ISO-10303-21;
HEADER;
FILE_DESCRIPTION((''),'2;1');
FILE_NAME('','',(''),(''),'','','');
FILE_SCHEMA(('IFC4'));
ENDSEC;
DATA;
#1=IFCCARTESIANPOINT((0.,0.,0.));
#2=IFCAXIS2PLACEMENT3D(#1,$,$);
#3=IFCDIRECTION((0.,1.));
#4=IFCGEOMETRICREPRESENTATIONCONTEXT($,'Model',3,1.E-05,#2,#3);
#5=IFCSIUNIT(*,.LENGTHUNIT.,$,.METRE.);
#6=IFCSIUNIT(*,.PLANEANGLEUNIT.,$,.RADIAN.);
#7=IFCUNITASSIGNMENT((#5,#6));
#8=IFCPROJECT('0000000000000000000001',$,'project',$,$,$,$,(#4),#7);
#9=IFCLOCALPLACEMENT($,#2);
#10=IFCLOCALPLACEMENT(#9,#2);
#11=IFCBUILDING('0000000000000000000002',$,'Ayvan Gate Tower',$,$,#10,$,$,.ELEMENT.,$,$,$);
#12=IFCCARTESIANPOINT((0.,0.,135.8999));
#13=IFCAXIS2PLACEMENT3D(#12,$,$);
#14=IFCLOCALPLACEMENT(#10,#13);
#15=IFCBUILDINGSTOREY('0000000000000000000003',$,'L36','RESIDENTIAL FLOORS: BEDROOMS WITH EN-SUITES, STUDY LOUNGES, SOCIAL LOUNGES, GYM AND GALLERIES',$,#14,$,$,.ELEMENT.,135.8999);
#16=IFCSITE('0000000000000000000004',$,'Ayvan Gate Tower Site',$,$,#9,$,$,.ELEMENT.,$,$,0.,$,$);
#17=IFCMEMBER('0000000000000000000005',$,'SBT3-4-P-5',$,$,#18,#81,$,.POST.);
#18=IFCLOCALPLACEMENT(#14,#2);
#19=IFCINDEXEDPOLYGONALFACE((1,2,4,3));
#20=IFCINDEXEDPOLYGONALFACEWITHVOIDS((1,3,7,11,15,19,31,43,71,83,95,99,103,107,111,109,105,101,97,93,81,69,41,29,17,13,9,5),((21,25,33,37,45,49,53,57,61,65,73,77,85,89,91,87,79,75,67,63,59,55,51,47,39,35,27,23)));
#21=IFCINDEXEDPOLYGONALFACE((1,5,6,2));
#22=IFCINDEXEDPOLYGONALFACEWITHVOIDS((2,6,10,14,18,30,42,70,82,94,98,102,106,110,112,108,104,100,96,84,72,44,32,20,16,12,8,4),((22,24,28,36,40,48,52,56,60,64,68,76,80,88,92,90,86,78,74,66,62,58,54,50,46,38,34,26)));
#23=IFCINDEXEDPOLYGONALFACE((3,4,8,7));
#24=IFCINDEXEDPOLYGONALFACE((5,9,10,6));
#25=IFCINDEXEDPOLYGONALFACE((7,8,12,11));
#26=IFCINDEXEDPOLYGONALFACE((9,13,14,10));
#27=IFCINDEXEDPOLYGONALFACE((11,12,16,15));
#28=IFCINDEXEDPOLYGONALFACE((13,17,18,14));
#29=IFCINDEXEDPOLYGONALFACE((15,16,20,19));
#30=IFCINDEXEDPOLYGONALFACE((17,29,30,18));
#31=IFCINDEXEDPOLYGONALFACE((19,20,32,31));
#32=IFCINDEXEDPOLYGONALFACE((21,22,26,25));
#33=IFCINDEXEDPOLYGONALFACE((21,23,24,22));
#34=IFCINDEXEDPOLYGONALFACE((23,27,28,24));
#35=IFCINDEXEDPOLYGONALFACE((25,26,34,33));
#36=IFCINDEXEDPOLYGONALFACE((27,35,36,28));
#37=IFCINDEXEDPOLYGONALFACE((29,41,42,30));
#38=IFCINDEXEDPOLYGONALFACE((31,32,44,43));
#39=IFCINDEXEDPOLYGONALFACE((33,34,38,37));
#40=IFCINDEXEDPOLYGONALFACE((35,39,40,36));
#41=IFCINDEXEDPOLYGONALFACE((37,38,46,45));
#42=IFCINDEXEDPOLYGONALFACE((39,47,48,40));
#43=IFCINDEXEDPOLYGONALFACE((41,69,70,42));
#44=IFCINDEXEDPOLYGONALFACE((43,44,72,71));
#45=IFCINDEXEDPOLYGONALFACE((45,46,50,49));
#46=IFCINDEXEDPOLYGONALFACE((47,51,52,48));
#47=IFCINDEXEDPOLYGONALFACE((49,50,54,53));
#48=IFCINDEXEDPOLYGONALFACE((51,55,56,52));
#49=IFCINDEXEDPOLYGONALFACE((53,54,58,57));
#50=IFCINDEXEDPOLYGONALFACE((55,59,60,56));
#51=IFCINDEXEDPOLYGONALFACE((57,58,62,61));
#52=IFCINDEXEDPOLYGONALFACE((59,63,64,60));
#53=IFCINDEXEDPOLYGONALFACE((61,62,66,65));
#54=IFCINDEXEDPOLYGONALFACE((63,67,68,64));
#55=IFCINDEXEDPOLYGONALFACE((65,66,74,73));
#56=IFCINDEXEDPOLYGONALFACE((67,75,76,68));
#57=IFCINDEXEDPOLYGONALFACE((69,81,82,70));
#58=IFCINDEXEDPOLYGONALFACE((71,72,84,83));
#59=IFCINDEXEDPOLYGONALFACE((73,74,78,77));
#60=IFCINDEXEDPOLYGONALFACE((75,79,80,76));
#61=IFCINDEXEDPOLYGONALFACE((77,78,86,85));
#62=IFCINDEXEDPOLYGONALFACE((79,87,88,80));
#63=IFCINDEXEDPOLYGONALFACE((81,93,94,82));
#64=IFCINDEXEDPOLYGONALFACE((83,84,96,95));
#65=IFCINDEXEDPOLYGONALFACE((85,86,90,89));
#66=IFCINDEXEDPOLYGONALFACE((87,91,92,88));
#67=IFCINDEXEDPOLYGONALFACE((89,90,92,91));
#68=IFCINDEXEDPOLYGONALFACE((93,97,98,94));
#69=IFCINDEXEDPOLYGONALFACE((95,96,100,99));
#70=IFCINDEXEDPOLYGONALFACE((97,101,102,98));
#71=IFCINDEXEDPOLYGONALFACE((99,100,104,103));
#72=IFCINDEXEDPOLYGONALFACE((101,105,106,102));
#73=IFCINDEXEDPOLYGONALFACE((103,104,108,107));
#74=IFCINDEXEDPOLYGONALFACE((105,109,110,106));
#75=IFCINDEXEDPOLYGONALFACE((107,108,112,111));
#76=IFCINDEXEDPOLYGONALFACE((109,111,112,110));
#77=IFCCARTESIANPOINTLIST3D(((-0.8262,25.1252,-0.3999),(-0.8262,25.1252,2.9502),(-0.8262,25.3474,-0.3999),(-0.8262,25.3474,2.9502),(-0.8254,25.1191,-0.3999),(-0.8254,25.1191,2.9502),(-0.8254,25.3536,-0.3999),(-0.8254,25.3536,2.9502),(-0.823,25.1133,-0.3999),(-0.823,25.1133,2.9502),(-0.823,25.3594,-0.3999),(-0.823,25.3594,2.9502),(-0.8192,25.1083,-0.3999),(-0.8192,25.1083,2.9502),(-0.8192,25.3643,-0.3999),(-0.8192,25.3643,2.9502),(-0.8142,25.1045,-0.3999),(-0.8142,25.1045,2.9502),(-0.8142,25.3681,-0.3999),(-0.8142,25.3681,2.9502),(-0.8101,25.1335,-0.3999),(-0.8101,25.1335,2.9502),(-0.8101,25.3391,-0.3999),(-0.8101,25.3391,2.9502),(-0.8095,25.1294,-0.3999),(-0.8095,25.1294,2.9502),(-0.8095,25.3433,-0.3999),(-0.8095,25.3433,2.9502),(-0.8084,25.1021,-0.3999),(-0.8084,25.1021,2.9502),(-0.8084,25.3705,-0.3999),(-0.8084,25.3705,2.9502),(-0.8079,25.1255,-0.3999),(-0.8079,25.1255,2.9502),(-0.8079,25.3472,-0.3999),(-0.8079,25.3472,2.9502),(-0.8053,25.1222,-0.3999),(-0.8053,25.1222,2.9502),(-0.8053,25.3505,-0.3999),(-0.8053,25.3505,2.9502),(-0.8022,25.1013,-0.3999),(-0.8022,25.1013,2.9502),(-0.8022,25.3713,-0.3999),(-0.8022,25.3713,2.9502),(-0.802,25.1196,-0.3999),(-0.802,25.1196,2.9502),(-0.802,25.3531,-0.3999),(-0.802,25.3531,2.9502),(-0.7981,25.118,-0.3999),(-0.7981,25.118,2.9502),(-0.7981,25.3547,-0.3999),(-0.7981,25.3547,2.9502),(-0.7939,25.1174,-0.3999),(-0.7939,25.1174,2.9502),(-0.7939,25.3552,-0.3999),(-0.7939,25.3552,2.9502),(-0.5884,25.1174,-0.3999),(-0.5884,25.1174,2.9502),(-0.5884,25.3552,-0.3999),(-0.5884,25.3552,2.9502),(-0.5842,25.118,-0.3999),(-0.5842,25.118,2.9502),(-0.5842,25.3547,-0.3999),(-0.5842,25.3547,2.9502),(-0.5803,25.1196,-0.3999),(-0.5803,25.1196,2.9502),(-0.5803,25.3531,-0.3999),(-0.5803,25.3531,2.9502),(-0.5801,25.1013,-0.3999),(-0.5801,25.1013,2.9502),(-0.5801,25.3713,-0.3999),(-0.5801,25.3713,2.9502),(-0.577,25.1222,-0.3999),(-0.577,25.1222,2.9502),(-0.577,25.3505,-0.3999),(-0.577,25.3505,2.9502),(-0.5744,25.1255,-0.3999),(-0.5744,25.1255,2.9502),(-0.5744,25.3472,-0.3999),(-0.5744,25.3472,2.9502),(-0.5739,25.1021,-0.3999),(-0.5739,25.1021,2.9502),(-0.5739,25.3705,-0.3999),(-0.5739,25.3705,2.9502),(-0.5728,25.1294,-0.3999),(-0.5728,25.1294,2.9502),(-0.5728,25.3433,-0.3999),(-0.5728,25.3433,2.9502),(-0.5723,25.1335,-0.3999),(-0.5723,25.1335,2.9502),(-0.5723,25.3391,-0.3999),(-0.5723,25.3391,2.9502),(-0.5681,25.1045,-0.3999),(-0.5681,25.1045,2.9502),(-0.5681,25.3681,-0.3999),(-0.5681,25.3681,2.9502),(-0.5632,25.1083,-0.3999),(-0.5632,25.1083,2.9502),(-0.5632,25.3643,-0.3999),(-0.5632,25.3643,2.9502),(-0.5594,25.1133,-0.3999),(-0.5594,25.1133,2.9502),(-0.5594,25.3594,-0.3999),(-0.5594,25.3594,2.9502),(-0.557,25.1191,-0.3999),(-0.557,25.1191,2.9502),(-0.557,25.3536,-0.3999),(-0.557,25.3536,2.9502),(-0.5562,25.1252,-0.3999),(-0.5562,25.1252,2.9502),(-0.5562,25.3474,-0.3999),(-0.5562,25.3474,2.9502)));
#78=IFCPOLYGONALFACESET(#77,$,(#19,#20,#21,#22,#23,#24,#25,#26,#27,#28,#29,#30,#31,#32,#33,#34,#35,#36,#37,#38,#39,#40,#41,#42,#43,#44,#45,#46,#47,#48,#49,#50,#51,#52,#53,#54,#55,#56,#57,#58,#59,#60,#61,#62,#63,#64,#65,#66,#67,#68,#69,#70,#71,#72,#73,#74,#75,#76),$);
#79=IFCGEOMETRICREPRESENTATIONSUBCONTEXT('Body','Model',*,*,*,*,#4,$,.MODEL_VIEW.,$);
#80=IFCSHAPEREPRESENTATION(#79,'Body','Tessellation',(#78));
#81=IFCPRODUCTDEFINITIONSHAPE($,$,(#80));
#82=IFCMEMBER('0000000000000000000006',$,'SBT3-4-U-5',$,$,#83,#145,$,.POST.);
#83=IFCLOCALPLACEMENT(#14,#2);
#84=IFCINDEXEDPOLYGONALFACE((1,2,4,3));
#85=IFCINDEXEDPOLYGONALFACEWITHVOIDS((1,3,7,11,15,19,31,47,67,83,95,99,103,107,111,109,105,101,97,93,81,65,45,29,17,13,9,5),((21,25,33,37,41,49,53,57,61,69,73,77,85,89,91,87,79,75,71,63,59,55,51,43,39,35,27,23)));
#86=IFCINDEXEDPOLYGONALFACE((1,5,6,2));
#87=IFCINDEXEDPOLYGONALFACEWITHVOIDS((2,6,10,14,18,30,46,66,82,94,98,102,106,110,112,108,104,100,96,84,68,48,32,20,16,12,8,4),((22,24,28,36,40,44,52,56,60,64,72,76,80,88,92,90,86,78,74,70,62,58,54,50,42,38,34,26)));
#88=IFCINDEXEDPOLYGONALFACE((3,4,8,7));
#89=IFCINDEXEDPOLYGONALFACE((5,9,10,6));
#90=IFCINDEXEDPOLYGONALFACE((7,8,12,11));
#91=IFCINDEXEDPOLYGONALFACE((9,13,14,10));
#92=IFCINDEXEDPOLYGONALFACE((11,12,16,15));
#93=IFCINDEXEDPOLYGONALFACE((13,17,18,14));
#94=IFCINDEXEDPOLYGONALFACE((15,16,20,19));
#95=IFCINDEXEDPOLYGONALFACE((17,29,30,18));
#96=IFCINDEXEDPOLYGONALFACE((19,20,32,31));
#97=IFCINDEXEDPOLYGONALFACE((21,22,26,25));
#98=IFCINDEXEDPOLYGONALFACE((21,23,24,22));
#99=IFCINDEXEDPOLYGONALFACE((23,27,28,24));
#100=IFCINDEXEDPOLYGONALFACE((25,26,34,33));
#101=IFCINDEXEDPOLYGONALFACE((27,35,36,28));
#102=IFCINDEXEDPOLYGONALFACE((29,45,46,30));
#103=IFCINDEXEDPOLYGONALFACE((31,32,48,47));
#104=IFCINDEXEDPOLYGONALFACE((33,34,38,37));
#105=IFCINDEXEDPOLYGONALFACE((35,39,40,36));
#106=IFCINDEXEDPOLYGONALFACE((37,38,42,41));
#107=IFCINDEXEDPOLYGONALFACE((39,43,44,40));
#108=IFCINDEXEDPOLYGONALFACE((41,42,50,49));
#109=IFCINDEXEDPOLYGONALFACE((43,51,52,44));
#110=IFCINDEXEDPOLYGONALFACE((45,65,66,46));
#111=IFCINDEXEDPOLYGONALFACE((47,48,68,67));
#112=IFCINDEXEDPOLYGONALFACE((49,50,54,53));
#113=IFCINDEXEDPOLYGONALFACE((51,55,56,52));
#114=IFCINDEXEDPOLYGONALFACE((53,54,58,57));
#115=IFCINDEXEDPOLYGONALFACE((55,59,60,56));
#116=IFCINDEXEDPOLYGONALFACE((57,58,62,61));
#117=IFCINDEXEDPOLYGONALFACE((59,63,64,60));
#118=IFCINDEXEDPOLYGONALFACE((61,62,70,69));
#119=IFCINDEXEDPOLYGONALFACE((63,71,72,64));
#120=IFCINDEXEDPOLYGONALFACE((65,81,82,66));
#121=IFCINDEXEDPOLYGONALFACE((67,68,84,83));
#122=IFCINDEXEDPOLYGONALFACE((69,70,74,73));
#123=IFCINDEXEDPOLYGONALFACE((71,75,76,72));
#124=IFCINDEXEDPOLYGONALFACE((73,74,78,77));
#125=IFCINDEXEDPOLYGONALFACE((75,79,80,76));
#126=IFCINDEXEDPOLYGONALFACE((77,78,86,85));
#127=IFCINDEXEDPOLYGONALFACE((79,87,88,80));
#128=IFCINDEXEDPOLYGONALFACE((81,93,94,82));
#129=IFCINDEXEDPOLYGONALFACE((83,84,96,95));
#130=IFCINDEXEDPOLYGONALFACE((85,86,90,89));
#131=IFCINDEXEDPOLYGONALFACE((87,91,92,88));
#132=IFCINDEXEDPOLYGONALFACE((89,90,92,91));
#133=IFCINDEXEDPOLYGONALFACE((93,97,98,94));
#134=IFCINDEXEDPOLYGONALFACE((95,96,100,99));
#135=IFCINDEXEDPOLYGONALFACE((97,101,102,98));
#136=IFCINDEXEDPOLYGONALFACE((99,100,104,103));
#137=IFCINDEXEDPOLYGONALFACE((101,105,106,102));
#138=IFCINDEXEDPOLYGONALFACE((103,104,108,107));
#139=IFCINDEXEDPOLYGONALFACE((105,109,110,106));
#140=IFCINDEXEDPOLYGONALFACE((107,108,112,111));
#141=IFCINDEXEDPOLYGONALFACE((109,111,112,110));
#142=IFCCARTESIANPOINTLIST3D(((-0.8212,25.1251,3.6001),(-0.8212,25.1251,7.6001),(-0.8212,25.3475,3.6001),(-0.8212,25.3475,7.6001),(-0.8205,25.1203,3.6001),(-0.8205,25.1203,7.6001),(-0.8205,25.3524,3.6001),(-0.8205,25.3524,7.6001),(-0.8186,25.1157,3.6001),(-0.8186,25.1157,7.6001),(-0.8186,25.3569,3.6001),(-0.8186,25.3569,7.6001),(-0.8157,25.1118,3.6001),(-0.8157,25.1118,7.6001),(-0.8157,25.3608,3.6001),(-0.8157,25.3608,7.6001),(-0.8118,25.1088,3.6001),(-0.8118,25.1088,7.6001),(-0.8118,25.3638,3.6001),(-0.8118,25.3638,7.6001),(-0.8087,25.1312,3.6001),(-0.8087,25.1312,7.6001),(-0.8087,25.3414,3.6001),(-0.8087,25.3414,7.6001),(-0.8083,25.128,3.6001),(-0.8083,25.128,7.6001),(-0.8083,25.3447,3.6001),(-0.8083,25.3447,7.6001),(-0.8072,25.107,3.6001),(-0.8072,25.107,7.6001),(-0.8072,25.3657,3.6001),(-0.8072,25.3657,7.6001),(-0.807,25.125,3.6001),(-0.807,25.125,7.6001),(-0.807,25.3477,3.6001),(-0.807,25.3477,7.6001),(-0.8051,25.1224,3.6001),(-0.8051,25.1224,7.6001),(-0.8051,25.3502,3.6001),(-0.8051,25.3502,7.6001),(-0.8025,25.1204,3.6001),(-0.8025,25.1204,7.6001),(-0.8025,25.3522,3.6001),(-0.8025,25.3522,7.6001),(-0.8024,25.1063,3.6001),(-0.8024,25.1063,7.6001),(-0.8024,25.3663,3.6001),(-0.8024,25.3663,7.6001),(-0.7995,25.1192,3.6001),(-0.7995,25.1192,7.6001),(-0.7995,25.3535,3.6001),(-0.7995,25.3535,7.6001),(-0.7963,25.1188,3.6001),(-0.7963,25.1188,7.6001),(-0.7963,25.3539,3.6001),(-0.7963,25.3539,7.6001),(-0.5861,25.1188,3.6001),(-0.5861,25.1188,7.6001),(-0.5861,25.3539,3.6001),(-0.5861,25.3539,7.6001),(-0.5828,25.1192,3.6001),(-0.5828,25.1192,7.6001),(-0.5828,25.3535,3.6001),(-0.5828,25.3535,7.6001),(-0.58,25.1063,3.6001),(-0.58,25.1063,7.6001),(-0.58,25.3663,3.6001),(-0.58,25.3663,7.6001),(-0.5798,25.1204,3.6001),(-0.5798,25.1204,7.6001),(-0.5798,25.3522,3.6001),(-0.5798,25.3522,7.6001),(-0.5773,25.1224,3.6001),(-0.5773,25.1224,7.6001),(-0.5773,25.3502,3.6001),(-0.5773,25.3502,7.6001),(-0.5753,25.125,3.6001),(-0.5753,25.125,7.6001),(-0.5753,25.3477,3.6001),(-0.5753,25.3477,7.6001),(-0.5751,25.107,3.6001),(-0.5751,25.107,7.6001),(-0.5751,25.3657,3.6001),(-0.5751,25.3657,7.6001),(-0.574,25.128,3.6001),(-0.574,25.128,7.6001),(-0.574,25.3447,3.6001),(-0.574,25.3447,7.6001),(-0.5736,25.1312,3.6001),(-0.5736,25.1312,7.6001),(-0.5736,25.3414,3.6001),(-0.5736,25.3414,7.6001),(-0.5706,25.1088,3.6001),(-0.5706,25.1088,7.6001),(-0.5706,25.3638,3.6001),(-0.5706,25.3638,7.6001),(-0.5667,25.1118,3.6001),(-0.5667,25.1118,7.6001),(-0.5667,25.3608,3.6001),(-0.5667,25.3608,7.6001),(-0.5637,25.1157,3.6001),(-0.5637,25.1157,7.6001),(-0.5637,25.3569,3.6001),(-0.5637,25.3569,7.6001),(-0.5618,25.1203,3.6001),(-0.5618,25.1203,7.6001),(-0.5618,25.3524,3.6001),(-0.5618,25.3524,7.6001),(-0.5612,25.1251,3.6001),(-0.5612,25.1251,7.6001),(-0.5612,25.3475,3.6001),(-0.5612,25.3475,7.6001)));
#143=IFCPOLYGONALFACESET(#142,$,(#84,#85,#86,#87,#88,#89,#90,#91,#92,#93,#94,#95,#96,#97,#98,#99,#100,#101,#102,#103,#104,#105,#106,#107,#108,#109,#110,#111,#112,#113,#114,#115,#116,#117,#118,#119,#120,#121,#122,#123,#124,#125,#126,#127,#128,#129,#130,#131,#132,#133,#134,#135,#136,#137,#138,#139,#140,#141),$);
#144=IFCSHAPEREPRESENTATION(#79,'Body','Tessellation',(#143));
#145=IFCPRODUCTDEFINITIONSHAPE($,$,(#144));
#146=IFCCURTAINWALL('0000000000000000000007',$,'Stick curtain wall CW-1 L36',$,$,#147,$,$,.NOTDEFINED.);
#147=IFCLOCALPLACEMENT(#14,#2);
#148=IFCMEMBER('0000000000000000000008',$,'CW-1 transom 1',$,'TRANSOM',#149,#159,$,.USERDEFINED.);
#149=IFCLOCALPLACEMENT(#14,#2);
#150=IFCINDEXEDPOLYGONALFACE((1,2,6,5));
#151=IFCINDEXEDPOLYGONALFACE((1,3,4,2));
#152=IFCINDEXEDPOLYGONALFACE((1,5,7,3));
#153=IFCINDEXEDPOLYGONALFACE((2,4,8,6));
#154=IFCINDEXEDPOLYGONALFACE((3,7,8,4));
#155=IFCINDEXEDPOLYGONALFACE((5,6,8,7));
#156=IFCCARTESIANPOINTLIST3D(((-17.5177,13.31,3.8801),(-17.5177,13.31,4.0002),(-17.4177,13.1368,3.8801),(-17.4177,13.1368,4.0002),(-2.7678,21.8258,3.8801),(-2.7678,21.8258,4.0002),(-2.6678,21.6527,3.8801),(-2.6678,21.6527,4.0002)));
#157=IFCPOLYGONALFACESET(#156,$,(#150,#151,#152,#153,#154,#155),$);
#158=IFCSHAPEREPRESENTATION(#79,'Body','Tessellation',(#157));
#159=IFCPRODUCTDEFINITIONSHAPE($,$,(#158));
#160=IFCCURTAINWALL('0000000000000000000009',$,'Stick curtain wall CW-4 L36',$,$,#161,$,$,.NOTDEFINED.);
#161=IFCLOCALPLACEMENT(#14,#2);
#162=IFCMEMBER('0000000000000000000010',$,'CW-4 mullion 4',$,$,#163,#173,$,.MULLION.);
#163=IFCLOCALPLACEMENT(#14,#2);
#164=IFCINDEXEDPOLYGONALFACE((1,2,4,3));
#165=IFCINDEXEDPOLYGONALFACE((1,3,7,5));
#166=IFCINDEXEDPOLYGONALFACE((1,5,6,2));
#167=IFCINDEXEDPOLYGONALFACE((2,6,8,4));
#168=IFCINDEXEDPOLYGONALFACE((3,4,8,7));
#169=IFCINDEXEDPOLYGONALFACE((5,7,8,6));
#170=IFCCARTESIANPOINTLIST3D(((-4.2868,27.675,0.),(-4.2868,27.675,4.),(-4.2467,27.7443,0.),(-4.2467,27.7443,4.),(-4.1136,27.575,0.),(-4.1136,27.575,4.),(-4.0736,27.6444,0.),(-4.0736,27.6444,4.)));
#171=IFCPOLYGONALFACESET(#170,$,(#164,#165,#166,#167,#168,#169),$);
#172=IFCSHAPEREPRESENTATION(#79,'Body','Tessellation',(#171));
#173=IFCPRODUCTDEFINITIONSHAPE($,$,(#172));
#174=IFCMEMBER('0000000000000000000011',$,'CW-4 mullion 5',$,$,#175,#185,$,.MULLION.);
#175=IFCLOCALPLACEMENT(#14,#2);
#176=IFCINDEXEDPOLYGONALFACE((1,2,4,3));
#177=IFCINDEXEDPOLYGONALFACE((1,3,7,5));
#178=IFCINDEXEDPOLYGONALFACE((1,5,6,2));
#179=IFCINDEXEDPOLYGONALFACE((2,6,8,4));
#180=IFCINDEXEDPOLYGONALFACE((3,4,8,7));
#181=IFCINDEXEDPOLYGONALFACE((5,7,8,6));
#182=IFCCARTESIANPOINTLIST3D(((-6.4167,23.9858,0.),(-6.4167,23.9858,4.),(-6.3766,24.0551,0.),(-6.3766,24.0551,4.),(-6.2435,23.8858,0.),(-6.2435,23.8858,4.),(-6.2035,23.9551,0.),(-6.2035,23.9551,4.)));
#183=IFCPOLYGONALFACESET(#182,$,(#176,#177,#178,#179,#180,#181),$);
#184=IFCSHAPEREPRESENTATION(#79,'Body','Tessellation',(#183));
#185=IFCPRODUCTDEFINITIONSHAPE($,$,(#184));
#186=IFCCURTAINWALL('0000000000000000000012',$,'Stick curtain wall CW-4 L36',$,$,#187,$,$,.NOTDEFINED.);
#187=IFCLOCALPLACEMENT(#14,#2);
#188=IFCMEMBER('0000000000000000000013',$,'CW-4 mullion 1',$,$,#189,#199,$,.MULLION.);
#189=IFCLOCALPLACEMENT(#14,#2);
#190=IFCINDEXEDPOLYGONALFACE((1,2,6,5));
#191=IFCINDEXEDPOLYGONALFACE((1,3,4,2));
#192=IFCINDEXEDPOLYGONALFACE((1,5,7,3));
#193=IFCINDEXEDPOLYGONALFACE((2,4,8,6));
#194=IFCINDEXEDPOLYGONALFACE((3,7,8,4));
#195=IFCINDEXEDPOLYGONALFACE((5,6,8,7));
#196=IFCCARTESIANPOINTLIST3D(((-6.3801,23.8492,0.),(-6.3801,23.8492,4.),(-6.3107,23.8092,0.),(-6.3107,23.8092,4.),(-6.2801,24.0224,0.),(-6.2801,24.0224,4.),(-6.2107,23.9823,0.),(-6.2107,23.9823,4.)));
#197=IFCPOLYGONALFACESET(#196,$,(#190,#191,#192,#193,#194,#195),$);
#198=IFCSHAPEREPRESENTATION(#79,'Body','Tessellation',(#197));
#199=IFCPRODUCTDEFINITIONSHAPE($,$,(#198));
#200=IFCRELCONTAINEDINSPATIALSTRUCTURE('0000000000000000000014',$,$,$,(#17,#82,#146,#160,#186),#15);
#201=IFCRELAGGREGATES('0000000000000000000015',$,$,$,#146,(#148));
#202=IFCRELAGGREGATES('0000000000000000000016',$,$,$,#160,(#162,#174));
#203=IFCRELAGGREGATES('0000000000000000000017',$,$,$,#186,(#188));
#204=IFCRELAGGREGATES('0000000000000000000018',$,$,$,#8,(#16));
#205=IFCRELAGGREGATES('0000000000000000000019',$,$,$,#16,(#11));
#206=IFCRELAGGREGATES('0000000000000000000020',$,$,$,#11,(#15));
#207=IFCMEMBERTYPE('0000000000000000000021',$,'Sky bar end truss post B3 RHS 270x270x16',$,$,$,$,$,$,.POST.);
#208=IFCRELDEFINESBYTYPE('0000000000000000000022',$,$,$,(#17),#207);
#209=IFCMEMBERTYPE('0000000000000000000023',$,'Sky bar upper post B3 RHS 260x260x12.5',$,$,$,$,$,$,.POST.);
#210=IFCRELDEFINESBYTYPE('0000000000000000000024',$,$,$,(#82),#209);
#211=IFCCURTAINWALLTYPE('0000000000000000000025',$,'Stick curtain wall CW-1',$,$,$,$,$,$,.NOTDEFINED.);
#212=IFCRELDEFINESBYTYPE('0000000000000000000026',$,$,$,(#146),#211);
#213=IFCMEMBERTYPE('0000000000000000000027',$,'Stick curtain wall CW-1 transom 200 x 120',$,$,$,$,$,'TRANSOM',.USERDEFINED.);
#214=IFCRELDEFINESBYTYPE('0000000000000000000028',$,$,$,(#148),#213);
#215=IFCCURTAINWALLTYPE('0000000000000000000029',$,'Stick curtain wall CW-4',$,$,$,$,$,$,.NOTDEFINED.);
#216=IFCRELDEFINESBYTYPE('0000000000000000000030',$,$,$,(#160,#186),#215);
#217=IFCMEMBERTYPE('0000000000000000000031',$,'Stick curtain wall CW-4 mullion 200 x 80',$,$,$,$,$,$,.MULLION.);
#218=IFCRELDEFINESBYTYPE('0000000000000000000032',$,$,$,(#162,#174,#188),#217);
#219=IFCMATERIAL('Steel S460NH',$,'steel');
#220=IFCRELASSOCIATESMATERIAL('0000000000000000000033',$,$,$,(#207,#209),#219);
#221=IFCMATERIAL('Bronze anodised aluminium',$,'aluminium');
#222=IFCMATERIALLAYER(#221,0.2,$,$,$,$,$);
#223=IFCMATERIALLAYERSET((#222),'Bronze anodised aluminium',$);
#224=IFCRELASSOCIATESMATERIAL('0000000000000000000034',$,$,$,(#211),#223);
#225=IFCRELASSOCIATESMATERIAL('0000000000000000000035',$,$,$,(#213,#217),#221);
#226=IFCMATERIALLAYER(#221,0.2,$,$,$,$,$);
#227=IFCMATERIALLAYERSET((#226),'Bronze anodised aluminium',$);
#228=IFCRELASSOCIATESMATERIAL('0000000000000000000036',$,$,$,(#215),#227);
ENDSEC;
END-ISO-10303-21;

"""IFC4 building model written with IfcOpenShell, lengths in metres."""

from ifc_helpers import new_model, si_unit, direction, frame, origin, origin_2d, place, context, subcontext, project, spatial, rectangle, hollow_rectangle, extrude, material, layer, layer_set, material_profile, profile_set, type_object, element, aggregate, save


model = new_model("IFC4")

# Units and contexts
model_context = context("Model", 3, precision=1e-05, world=origin(), true_north=direction((0.0, 1.0)))
body_context = subcontext(model_context, "Body", "Model", "MODEL_VIEW")
ifc_project = project(units=[si_unit("LENGTHUNIT", "METRE"), si_unit("PLANEANGLEUNIT", "RADIAN")], contexts=[model_context])

# Site, building, storey
site_placement = place(None, origin())
site = spatial("IfcSite", under=ifc_project, at=site_placement, Name="Ayvan Gate Tower Site", CompositionType="ELEMENT", RefElevation=0.0)
building_placement = place(site_placement, origin())
building = spatial("IfcBuilding", under=site, at=building_placement, Name="Ayvan Gate Tower", CompositionType="ELEMENT")
storey_placement = place(building_placement, frame((0.0, 0.0, 135.8999)))
storey = spatial("IfcBuildingStorey", under=building, at=storey_placement, Name="L36", Description="RESIDENTIAL FLOORS: BEDROOMS WITH EN-SUITES, STUDY LOUNGES, SOCIAL LOUNGES, GYM AND GALLERIES", CompositionType="ELEMENT", Elevation=135.8999)

# Members
ifc_material_1 = material(Name="Steel S460NH", Category="steel")
ifc_material_profile_1 = material_profile(ifc_material_1, hollow_rectangle(XDim=0.27, YDim=0.27, WallThickness=0.0161, InnerFilletRadius=0.0161, OuterFilletRadius=0.0239, at=origin_2d()), Name="RHS 270x270x16")
ifc_profile_set_1 = profile_set([ifc_material_profile_1], Name="Steel S460NH")
member_type_1 = type_object("IfcMemberType", Name="Sky bar end truss post B3 RHS 270x270x16", PredefinedType="POST", material=ifc_profile_set_1)
member_1_placement = place(storey_placement, frame((-0.6912, 25.2363, -0.3999), z_axis=(0.0, 0.0, 1.0), x_axis=(1.0, 0.0, 0.0)))
element("IfcMember", 1, at=member_1_placement, inside=storey, type_object=member_type_1, Name="SBT3-4-P-5", PredefinedType="POST", context=body_context, shape_type="SweptSolid", body=[
    extrude(hollow_rectangle(XDim=0.27, YDim=0.27, WallThickness=0.0161, InnerFilletRadius=0.0161, OuterFilletRadius=0.0239, at=origin_2d()), origin(), (0.0, 0.0, 1.0), 3.3501),
])
ifc_material_profile_2 = material_profile(ifc_material_1, hollow_rectangle(XDim=0.26, YDim=0.26, WallThickness=0.0125, InnerFilletRadius=0.0125, OuterFilletRadius=0.0188, at=origin_2d()), Name="RHS 260x260x12.5")
ifc_profile_set_2 = profile_set([ifc_material_profile_2], Name="Steel S460NH")
member_type_2 = type_object("IfcMemberType", Name="Sky bar upper post B3 RHS 260x260x12.5", PredefinedType="POST", material=ifc_profile_set_2)
member_2_placement = place(storey_placement, frame((-0.6912, 25.2363, 3.6001), z_axis=(0.0, 0.0, 1.0), x_axis=(1.0, 0.0, 0.0)))
element("IfcMember", 2, at=member_2_placement, inside=storey, type_object=member_type_2, Name="SBT3-4-U-5", PredefinedType="POST", context=body_context, shape_type="SweptSolid", body=[
    extrude(hollow_rectangle(XDim=0.26, YDim=0.26, WallThickness=0.0125, InnerFilletRadius=0.0125, OuterFilletRadius=0.0188, at=origin_2d()), origin(), (0.0, 0.0, 1.0), 4.0),
])

# Curtain wall, member
ifc_material_2 = material(Name="Bronze anodised aluminium", Category="aluminium")
ifc_layer_1 = layer(ifc_material_2, 0.2)
ifc_layer_set_1 = layer_set([ifc_layer_1], Name="Bronze anodised aluminium")
curtain_wall_type_1 = type_object("IfcCurtainWallType", Name="Stick curtain wall CW-1", PredefinedType="NOTDEFINED", material=ifc_layer_set_1)
curtain_wall_1_placement = place(storey_placement, origin())
curtain_wall_1 = element("IfcCurtainWall", 3, at=curtain_wall_1_placement, inside=storey, type_object=curtain_wall_type_1, Name="Stick curtain wall CW-1 L36", PredefinedType="NOTDEFINED")
ifc_material_profile_3 = material_profile(ifc_material_2, rectangle(XDim=0.2, YDim=0.1201, at=origin_2d()), Name="Stick curtain wall CW-1 transom 200 x 120")
ifc_profile_set_3 = profile_set([ifc_material_profile_3], Name="Bronze anodised aluminium")
member_type_3 = type_object("IfcMemberType", Name="Stick curtain wall CW-1 transom 200 x 120", ElementType="TRANSOM", PredefinedType="USERDEFINED", material=ifc_profile_set_3)
member_3_placement = place(storey_placement, frame((-2.7178, 21.7393, 3.9402), z_axis=(-0.866027, -0.499998, 0.0), x_axis=(0.499998, -0.866027, 0.0)))
member_3 = element("IfcMember", 4, at=member_3_placement, type_object=member_type_3, Name="CW-1 transom 1", ObjectType="TRANSOM", PredefinedType="USERDEFINED", context=body_context, shape_type="SweptSolid", body=[
    extrude(rectangle(XDim=0.2, YDim=0.1201, at=origin_2d()), origin(), (0.0, 0.0, 1.0), 17.0317),
])
aggregate(curtain_wall_1, [member_3])

# Curtain walls, members
ifc_layer_2 = layer(ifc_material_2, 0.2)
ifc_layer_set_2 = layer_set([ifc_layer_2], Name="Bronze anodised aluminium")
curtain_wall_type_2 = type_object("IfcCurtainWallType", Name="Stick curtain wall CW-4", PredefinedType="NOTDEFINED", material=ifc_layer_set_2)
curtain_wall_2_placement = place(storey_placement, origin())
curtain_wall_2 = element("IfcCurtainWall", 5, at=curtain_wall_2_placement, inside=storey, type_object=curtain_wall_type_2, Name="Stick curtain wall CW-4 L36", PredefinedType="NOTDEFINED")
ifc_material_profile_4 = material_profile(ifc_material_2, rectangle(XDim=0.2, YDim=0.0801, at=origin_2d()), Name="Stick curtain wall CW-4 mullion 200 x 80")
ifc_profile_set_4 = profile_set([ifc_material_profile_4], Name="Bronze anodised aluminium")
member_type_4 = type_object("IfcMemberType", Name="Stick curtain wall CW-4 mullion 200 x 80", PredefinedType="MULLION", material=ifc_profile_set_4)
member_4_placement = place(storey_placement, frame((-4.1802, 27.6597, 0.0), z_axis=(0.0, 0.0, 1.0), x_axis=(-0.866025, 0.5, 0.0)))
member_4 = element("IfcMember", 6, at=member_4_placement, type_object=member_type_4, Name="CW-4 mullion 4", PredefinedType="MULLION", context=body_context, shape_type="SweptSolid", body=[
    extrude(rectangle(XDim=0.2, YDim=0.0801, at=origin_2d()), origin(), (0.0, 0.0, 1.0), 4.0),
])
member_5_placement = place(storey_placement, frame((-6.3101, 23.9705, 0.0), z_axis=(0.0, 0.0, 1.0), x_axis=(-0.866025, 0.5, 0.0)))
member_5 = element("IfcMember", 7, at=member_5_placement, type_object=member_type_4, Name="CW-4 mullion 5", PredefinedType="MULLION", context=body_context, shape_type="SweptSolid", body=[
    extrude(rectangle(XDim=0.2, YDim=0.0801, at=origin_2d()), origin(), (0.0, 0.0, 1.0), 4.0),
])
curtain_wall_3_placement = place(storey_placement, origin())
curtain_wall_3 = element("IfcCurtainWall", 8, at=curtain_wall_3_placement, inside=storey, type_object=curtain_wall_type_2, Name="Stick curtain wall CW-4 L36", PredefinedType="NOTDEFINED")
member_6_placement = place(storey_placement, frame((-6.2954, 23.9158, 0.0), z_axis=(0.0, 0.0, 1.0), x_axis=(-0.5, -0.866025, 0.0)))
member_6 = element("IfcMember", 9, at=member_6_placement, type_object=member_type_4, Name="CW-4 mullion 1", PredefinedType="MULLION", context=body_context, shape_type="SweptSolid", body=[
    extrude(rectangle(XDim=0.2, YDim=0.0801, at=origin_2d()), origin(), (0.0, 0.0, 1.0), 4.0),
])

aggregate(curtain_wall_2, [member_4, member_5])
aggregate(curtain_wall_3, [member_6])

save(model, "model.ifc")
